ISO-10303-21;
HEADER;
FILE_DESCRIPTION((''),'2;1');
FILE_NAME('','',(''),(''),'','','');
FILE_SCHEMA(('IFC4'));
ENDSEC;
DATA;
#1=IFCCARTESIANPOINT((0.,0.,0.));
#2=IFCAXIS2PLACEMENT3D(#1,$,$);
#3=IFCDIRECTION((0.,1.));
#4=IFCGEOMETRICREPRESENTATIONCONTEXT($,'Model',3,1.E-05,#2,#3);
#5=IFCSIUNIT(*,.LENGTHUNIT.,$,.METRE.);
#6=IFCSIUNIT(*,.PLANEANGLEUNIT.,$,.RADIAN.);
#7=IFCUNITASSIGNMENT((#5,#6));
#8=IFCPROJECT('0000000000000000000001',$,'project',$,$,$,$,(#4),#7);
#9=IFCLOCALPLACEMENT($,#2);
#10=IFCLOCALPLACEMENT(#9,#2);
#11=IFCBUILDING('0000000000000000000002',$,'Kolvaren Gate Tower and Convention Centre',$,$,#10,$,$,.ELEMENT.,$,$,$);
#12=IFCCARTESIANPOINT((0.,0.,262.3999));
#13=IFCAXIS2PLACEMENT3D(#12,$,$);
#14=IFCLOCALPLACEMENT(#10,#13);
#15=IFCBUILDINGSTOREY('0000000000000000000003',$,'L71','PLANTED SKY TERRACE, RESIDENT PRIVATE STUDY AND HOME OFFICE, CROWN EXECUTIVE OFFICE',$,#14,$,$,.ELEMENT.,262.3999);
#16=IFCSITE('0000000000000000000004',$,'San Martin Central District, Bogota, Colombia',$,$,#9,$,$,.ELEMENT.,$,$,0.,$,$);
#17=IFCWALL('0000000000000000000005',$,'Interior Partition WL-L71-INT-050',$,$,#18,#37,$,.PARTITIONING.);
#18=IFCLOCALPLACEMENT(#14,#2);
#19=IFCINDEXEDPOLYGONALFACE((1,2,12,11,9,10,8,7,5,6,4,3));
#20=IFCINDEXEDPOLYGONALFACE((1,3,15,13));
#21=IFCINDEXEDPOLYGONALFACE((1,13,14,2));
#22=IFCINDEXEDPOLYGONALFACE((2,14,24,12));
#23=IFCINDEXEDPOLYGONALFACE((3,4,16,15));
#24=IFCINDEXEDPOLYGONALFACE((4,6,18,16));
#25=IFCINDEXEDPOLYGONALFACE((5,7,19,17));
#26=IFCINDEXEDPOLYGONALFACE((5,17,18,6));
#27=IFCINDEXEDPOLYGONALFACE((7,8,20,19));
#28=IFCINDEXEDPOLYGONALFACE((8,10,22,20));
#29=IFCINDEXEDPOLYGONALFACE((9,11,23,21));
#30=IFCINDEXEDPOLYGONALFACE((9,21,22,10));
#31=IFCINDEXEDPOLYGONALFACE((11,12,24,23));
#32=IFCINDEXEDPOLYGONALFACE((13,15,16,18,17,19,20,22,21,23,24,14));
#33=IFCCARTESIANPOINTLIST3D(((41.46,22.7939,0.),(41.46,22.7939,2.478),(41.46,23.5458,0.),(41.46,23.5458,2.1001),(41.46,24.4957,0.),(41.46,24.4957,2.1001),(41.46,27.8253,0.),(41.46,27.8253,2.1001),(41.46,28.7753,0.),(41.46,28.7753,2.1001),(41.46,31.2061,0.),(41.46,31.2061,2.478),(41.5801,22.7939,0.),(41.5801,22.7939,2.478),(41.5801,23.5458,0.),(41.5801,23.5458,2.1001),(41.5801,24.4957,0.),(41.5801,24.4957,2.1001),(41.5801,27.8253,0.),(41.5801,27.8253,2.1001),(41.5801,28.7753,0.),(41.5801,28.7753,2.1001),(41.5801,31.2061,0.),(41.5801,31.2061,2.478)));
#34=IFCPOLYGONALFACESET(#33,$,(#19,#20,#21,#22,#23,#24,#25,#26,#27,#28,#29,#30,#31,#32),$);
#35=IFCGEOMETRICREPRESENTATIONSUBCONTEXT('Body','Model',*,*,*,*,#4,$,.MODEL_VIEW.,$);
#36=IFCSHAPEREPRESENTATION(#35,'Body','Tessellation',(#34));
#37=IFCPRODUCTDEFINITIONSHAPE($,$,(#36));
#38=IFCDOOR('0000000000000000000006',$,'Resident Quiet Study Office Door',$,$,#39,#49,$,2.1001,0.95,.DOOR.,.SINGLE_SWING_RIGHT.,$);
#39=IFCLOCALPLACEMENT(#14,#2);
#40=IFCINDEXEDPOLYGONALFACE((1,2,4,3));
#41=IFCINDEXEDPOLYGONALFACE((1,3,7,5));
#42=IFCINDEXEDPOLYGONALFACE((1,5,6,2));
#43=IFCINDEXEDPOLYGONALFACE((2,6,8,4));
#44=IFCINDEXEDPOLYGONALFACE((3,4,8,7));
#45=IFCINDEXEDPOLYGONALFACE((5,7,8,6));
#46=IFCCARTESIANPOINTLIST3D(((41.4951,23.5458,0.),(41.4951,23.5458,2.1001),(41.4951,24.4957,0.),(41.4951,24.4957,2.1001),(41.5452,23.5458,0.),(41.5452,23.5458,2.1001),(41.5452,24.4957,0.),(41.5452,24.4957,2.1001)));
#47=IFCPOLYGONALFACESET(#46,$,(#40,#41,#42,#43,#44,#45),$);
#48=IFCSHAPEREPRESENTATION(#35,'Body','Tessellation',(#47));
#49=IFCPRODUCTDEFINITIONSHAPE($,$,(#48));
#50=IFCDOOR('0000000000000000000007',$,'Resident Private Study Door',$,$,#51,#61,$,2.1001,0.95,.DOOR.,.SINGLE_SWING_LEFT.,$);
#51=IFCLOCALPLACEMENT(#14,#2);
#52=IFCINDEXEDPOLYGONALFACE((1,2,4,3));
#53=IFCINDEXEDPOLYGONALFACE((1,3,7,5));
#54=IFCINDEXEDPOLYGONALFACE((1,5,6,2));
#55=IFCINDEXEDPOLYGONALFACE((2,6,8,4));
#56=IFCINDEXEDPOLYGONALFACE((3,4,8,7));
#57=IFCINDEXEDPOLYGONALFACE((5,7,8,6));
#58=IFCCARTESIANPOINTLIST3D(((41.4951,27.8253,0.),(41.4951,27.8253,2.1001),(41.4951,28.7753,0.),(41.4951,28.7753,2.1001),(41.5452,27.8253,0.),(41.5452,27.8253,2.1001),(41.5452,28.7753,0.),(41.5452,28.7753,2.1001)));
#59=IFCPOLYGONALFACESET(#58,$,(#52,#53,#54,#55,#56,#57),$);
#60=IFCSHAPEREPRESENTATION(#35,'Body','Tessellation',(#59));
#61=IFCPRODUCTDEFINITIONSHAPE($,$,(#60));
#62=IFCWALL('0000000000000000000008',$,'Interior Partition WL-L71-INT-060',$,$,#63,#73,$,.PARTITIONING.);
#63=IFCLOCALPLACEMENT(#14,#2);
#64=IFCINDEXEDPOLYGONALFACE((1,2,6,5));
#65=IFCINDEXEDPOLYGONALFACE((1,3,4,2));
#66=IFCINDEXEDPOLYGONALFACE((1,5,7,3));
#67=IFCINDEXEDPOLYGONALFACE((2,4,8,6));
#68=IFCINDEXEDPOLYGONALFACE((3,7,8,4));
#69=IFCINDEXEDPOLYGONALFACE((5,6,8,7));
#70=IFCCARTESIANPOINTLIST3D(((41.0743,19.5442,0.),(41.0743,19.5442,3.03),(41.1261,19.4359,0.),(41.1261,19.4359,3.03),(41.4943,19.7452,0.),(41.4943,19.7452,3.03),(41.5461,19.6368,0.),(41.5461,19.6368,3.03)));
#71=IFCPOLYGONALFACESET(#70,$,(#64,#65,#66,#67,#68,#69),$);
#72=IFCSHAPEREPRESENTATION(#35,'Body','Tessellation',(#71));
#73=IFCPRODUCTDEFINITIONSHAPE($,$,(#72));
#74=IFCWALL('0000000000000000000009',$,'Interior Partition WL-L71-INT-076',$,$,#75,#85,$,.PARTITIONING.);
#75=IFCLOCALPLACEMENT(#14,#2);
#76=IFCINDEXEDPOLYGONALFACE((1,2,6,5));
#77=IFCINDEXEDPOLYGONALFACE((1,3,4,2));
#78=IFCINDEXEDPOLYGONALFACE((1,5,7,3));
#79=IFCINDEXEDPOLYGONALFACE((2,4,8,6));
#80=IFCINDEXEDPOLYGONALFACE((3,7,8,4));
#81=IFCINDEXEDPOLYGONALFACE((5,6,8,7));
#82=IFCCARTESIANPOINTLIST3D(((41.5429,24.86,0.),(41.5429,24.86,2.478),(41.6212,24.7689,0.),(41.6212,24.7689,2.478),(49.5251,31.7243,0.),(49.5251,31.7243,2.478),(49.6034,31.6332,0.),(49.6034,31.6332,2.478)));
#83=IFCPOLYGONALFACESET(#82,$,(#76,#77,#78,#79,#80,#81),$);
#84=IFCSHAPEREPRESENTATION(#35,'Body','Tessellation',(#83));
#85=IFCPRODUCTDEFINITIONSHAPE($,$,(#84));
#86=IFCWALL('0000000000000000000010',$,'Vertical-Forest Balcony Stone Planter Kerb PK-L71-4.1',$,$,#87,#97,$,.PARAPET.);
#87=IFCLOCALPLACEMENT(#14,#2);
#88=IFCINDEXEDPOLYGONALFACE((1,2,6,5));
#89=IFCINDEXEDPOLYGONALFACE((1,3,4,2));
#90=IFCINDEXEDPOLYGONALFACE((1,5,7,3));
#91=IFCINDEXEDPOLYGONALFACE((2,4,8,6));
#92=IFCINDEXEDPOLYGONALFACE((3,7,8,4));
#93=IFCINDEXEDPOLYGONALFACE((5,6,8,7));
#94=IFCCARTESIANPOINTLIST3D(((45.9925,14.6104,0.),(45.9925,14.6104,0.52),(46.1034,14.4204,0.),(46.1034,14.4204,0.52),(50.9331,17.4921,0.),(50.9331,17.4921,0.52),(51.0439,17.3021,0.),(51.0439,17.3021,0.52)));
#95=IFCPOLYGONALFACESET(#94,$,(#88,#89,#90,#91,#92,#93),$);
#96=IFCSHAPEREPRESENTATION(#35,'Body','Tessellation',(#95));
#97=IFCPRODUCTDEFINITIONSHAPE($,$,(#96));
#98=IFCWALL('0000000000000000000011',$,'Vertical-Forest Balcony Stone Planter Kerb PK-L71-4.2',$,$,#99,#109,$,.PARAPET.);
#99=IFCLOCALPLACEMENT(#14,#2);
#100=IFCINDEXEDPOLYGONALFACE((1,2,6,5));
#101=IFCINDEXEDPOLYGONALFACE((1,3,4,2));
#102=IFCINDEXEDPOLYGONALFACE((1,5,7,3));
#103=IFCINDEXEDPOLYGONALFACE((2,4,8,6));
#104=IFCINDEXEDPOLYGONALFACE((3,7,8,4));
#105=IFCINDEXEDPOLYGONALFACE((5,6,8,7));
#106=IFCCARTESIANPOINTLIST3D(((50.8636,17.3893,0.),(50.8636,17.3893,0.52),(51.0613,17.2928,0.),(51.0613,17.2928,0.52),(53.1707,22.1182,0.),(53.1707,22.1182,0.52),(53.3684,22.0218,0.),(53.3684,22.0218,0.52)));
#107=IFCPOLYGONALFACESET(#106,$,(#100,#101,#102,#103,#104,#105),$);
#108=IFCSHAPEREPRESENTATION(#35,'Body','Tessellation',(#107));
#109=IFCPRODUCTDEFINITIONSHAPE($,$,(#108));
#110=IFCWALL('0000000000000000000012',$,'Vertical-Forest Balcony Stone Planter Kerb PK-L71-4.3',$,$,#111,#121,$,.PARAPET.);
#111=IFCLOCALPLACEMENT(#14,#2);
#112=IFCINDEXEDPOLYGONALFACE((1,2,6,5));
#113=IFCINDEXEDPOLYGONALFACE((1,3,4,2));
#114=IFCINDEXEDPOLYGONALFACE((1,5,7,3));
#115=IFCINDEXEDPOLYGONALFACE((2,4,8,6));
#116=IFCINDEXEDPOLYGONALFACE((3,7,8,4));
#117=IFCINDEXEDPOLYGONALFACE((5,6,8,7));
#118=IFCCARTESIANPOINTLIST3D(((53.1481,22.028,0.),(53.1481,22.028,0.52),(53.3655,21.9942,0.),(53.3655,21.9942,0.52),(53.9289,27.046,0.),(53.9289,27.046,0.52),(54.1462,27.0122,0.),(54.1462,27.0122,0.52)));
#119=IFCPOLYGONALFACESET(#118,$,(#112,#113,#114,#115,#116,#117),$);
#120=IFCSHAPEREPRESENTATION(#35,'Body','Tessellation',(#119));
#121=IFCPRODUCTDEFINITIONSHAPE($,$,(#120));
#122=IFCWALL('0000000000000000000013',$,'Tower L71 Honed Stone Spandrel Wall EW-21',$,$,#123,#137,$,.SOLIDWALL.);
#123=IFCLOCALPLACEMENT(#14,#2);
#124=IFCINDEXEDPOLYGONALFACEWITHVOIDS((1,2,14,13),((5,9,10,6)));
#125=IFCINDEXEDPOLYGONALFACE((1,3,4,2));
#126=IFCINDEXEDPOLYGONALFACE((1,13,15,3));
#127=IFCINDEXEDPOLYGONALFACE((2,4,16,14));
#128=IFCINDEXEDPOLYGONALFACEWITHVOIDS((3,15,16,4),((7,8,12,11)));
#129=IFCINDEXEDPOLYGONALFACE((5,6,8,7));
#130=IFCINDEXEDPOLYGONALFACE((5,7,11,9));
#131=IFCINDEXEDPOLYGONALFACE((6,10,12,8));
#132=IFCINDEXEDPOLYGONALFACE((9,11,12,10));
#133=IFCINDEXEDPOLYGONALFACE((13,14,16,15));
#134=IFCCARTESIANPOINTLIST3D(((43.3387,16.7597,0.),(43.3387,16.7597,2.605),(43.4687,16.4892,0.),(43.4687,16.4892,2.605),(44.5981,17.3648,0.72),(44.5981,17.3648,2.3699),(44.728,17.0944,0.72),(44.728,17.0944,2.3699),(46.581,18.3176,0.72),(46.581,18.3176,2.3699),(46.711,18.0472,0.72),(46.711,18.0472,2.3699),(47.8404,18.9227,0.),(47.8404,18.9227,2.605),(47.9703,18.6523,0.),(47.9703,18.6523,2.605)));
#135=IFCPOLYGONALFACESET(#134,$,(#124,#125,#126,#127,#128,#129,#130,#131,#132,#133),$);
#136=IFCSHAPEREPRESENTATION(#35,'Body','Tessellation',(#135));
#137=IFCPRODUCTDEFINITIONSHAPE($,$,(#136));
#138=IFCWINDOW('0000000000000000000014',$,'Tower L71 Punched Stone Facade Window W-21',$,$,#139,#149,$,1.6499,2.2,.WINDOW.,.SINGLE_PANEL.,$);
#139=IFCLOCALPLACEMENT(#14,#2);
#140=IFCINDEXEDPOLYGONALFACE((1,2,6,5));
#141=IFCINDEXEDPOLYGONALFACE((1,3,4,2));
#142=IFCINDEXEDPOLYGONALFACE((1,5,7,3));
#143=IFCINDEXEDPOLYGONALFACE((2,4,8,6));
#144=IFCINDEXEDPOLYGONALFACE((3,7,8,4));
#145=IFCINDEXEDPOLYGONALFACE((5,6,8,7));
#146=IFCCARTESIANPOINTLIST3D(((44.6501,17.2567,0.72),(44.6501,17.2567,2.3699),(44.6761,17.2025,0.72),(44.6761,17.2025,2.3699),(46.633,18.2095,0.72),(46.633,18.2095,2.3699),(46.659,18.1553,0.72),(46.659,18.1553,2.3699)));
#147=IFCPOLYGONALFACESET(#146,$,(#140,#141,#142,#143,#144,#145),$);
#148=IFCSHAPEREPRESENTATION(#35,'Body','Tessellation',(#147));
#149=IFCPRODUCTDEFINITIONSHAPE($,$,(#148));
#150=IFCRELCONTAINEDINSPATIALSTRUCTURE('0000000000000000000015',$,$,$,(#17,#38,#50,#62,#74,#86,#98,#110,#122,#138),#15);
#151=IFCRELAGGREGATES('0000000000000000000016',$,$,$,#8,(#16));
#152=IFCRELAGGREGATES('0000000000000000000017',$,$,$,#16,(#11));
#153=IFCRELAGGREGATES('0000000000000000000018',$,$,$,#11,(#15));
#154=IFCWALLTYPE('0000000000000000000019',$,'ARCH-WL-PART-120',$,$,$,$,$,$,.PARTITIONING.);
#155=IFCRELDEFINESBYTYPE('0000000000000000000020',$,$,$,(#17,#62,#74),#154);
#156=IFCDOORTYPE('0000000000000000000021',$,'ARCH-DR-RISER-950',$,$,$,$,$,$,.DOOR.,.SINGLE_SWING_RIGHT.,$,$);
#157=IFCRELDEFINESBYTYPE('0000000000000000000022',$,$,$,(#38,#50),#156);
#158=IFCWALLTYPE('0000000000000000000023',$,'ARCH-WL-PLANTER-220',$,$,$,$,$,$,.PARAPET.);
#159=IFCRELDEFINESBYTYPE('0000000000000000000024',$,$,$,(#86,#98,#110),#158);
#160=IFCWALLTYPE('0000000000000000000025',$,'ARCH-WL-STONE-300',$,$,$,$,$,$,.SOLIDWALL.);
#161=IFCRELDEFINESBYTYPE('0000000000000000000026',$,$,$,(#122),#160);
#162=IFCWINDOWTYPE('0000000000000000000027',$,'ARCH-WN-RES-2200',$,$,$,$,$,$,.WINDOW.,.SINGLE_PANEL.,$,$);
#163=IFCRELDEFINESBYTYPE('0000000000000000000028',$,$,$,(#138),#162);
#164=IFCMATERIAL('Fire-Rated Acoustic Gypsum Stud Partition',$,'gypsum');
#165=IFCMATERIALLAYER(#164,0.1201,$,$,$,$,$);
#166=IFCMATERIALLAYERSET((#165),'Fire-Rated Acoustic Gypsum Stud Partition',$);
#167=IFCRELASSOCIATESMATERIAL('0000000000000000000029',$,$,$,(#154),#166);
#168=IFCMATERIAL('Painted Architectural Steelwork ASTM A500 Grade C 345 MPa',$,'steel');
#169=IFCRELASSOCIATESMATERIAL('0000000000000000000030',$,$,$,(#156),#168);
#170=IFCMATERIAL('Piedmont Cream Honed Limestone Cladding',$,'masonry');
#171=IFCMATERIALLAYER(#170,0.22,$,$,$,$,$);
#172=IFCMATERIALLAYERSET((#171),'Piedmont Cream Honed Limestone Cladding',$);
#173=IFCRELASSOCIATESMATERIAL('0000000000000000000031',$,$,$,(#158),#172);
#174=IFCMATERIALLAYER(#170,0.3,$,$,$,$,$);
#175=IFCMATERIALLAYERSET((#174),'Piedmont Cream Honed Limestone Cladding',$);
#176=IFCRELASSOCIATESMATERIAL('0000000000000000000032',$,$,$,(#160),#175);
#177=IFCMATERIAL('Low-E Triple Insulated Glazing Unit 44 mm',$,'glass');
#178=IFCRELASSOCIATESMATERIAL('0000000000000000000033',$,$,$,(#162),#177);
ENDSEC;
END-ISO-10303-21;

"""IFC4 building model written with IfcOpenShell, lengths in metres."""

from ifc_helpers import new_model, si_unit, direction, frame, frame_2d, origin, place, context, subcontext, project, spatial, rectangle, extrude, material, layer, layer_set, type_object, element, fill, save


model = new_model("IFC4")

# Units and contexts
model_context = context("Model", 3, precision=1e-05, world=origin(), true_north=direction((0.0, 1.0)))
body_context = subcontext(model_context, "Body", "Model", "MODEL_VIEW")
ifc_project = project(units=[si_unit("LENGTHUNIT", "METRE"), si_unit("PLANEANGLEUNIT", "RADIAN")], contexts=[model_context])

# Site, building, storey
site_placement = place(None, origin())
site = spatial("IfcSite", under=ifc_project, at=site_placement, Name="San Martin Central District, Bogota, Colombia", CompositionType="ELEMENT", RefElevation=0.0)
building_placement = place(site_placement, origin())
building = spatial("IfcBuilding", under=site, at=building_placement, Name="Kolvaren Gate Tower and Convention Centre", CompositionType="ELEMENT")
storey_placement = place(building_placement, frame((0.0, 0.0, 262.3999)))
storey = spatial("IfcBuildingStorey", under=building, at=storey_placement, Name="L71", Description="PLANTED SKY TERRACE, RESIDENT PRIVATE STUDY AND HOME OFFICE, CROWN EXECUTIVE OFFICE", CompositionType="ELEMENT", Elevation=262.3999)

# Shared definitions
ifc_material_1 = material(Name="Fire-Rated Acoustic Gypsum Stud Partition", Category="gypsum")
ifc_layer_1 = layer(ifc_material_1, 0.1201)
ifc_layer_set_1 = layer_set([ifc_layer_1], Name="Fire-Rated Acoustic Gypsum Stud Partition")
wall_type_1 = type_object("IfcWallType", Name="ARCH-WL-PART-120", PredefinedType="PARTITIONING", material=ifc_layer_set_1)

# Wall, openings, doors
wall_1_placement = place(storey_placement, frame((41.52, 22.7939, 0.0), z_axis=(0.0, 0.0, 1.0), x_axis=(0.0, 1.0, 0.0)))
wall_1 = element("IfcWall", 1, at=wall_1_placement, inside=storey, type_object=wall_type_1, Name="Interior Partition WL-L71-INT-050", PredefinedType="PARTITIONING", context=body_context, shape_type="SweptSolid", body=[
    extrude(rectangle(XDim=8.4121, YDim=0.1201, at=frame_2d((4.2061, 0.0))), origin(), (0.0, 0.0, 1.0), 2.478),
])
opening_1_placement = place(wall_1_placement, frame((0.7517, 0.0, 0.0)))
opening_1 = element("IfcOpeningElement", 2, at=opening_1_placement, cuts=wall_1, PredefinedType="OPENING", context=body_context, shape_type="SweptSolid", body=[
    extrude(rectangle(XDim=0.95, YDim=2.1001, at=frame_2d((0.4751, 1.05))), frame((0.0, 0.0701, 0.0), z_axis=(0.0, -1.0, 0.0), x_axis=(1.0, 0.0, 0.0)), (0.0, 0.0, 1.0), 0.1401),
])
opening_2_placement = place(wall_1_placement, frame((5.0312, 0.0, 0.0)))
opening_2 = element("IfcOpeningElement", 3, at=opening_2_placement, cuts=wall_1, PredefinedType="OPENING", context=body_context, shape_type="SweptSolid", body=[
    extrude(rectangle(XDim=0.95, YDim=2.1001, at=frame_2d((0.4751, 1.05))), frame((0.0, 0.0701, 0.0), z_axis=(0.0, -1.0, 0.0), x_axis=(1.0, 0.0, 0.0)), (0.0, 0.0, 1.0), 0.1401),
])
ifc_material_2 = material(Name="Painted Architectural Steelwork ASTM A500 Grade C 345 MPa", Category="steel")
door_type_1 = type_object("IfcDoorType", Name="ARCH-DR-RISER-950", OperationType="SINGLE_SWING_RIGHT", PredefinedType="DOOR", material=ifc_material_2)
door_1_placement = place(opening_1_placement, origin())
door_1 = element("IfcDoor", 4, at=door_1_placement, inside=storey, type_object=door_type_1, Name="Resident Quiet Study Office Door", OperationType="SINGLE_SWING_RIGHT", OverallHeight=2.1001, OverallWidth=0.95, PredefinedType="DOOR", context=body_context, shape_type="SweptSolid", body=[
    extrude(rectangle(XDim=0.95, YDim=2.1001, at=frame_2d((0.4751, 1.05))), frame((0.0, 0.0249, 0.0), z_axis=(0.0, -1.0, 0.0), x_axis=(1.0, 0.0, 0.0)), (0.0, 0.0, 1.0), 0.05),
])
fill(opening_1, door_1)
door_2_placement = place(opening_2_placement, origin())
door_2 = element("IfcDoor", 5, at=door_2_placement, inside=storey, type_object=door_type_1, Name="Resident Private Study Door", OperationType="SINGLE_SWING_LEFT", OverallHeight=2.1001, OverallWidth=0.95, PredefinedType="DOOR", context=body_context, shape_type="SweptSolid", body=[
    extrude(rectangle(XDim=0.95, YDim=2.1001, at=frame_2d((0.4751, 1.05))), frame((0.0, 0.0249, 0.0), z_axis=(0.0, -1.0, 0.0), x_axis=(1.0, 0.0, 0.0)), (0.0, 0.0, 1.0), 0.05),
])
fill(opening_2, door_2)

# Walls
wall_2_placement = place(storey_placement, frame((41.1001, 19.49, 0.0), z_axis=(0.0, 0.0, 1.0), x_axis=(0.902054, 0.431623, 0.0)))
element("IfcWall", 6, at=wall_2_placement, inside=storey, type_object=wall_type_1, Name="Interior Partition WL-L71-INT-060", PredefinedType="PARTITIONING", context=body_context, shape_type="SweptSolid", body=[
    extrude(rectangle(XDim=0.4656, YDim=0.1201, at=frame_2d((0.2329, 0.0))), origin(), (0.0, 0.0, 1.0), 3.03),
])
wall_3_placement = place(storey_placement, frame((41.582, 24.8145, 0.0), z_axis=(0.0, 0.0, 1.0), x_axis=(0.758205, 0.652017, 0.0)))
element("IfcWall", 7, at=wall_3_placement, inside=storey, type_object=wall_type_1, Name="Interior Partition WL-L71-INT-076", PredefinedType="PARTITIONING", context=body_context, shape_type="SweptSolid", body=[
    extrude(rectangle(XDim=10.5278, YDim=0.1201, at=frame_2d((5.2639, 0.0))), origin(), (0.0, 0.0, 1.0), 2.478),
])
ifc_material_3 = material(Name="Piedmont Cream Honed Limestone Cladding", Category="masonry")
ifc_layer_2 = layer(ifc_material_3, 0.22)
ifc_layer_set_2 = layer_set([ifc_layer_2], Name="Piedmont Cream Honed Limestone Cladding")
wall_type_2 = type_object("IfcWallType", Name="ARCH-WL-PLANTER-220", PredefinedType="PARAPET", material=ifc_layer_set_2)
wall_4_placement = place(storey_placement, frame((46.0479, 14.5154, 0.0), z_axis=(0.0, 0.0, 1.0), x_axis=(0.863804, 0.503829, 0.0)))
element("IfcWall", 8, at=wall_4_placement, inside=storey, type_object=wall_type_2, Name="Vertical-Forest Balcony Stone Planter Kerb PK-L71-4.1", PredefinedType="PARAPET", context=body_context, shape_type="SweptSolid", body=[
    extrude(rectangle(XDim=5.7195, YDim=0.22, at=frame_2d((2.8599, 0.0))), origin(), (0.0, 0.0, 1.0), 0.52),
])
wall_5_placement = place(storey_placement, frame((50.9624, 17.3411, 0.0), z_axis=(0.0, 0.0, 1.0), x_axis=(0.438469, 0.898746, 0.0)))
element("IfcWall", 9, at=wall_5_placement, inside=storey, type_object=wall_type_2, Name="Vertical-Forest Balcony Stone Planter Kerb PK-L71-4.2", PredefinedType="PARAPET", context=body_context, shape_type="SweptSolid", body=[
    extrude(rectangle(XDim=5.2617, YDim=0.22, at=frame_2d((2.6309, 0.0))), origin(), (0.0, 0.0, 1.0), 0.52),
])
wall_6_placement = place(storey_placement, frame((53.2568, 22.0112, 0.0), z_axis=(0.0, 0.0, 1.0), x_axis=(0.15374, 0.988111, 0.0)))
element("IfcWall", 10, at=wall_6_placement, inside=storey, type_object=wall_type_2, Name="Vertical-Forest Balcony Stone Planter Kerb PK-L71-4.3", PredefinedType="PARAPET", context=body_context, shape_type="SweptSolid", body=[
    extrude(rectangle(XDim=5.0784, YDim=0.22, at=frame_2d((2.5391, 0.0))), origin(), (0.0, 0.0, 1.0), 0.52),
])

# Wall, opening, window
ifc_layer_3 = layer(ifc_material_3, 0.3)
ifc_layer_set_3 = layer_set([ifc_layer_3], Name="Piedmont Cream Honed Limestone Cladding")
wall_type_3 = type_object("IfcWallType", Name="ARCH-WL-STONE-300", PredefinedType="SOLIDWALL", material=ifc_layer_set_3)
wall_7_placement = place(storey_placement, frame((43.4038, 16.6245, 0.0), z_axis=(0.0, 0.0, 1.0), x_axis=(0.901346, 0.4331, 0.0)))
wall_7 = element("IfcWall", 11, at=wall_7_placement, inside=storey, type_object=wall_type_3, Name="Tower L71 Honed Stone Spandrel Wall EW-21", PredefinedType="SOLIDWALL", context=body_context, shape_type="SweptSolid", body=[
    extrude(rectangle(XDim=4.9944, YDim=0.3, at=frame_2d((2.4971, 0.0))), origin(), (0.0, 0.0, 1.0), 2.605),
])
opening_3_placement = place(wall_7_placement, frame((1.397, 0.0, 0.72)))
opening_3 = element("IfcOpeningElement", 12, at=opening_3_placement, cuts=wall_7, PredefinedType="OPENING", context=body_context, shape_type="SweptSolid", body=[
    extrude(rectangle(XDim=2.2, YDim=1.6499, at=frame_2d((1.1001, 0.825))), frame((0.0, 0.1599, 0.0), z_axis=(0.0, -1.0, 0.0), x_axis=(1.0, 0.0, 0.0)), (0.0, 0.0, 1.0), 0.3201),
])
ifc_material_4 = material(Name="Low-E Triple Insulated Glazing Unit 44 mm", Category="glass")
window_type = type_object("IfcWindowType", Name="ARCH-WN-RES-2200", PartitioningType="SINGLE_PANEL", PredefinedType="WINDOW", material=ifc_material_4)
window_1_placement = place(opening_3_placement, origin())
window_1 = element("IfcWindow", 13, at=window_1_placement, inside=storey, type_object=window_type, Name="Tower L71 Punched Stone Facade Window W-21", OverallHeight=1.6499, OverallWidth=2.2, PartitioningType="SINGLE_PANEL", PredefinedType="WINDOW", context=body_context, shape_type="SweptSolid", body=[
    extrude(rectangle(XDim=2.2, YDim=1.6499, at=frame_2d((1.1001, 0.825))), frame((0.0, 0.03, 0.0), z_axis=(0.0, -1.0, 0.0), x_axis=(1.0, 0.0, 0.0)), (0.0, 0.0, 1.0), 0.0601),
])
fill(opening_3, window_1)

save(model, "model.ifc")
